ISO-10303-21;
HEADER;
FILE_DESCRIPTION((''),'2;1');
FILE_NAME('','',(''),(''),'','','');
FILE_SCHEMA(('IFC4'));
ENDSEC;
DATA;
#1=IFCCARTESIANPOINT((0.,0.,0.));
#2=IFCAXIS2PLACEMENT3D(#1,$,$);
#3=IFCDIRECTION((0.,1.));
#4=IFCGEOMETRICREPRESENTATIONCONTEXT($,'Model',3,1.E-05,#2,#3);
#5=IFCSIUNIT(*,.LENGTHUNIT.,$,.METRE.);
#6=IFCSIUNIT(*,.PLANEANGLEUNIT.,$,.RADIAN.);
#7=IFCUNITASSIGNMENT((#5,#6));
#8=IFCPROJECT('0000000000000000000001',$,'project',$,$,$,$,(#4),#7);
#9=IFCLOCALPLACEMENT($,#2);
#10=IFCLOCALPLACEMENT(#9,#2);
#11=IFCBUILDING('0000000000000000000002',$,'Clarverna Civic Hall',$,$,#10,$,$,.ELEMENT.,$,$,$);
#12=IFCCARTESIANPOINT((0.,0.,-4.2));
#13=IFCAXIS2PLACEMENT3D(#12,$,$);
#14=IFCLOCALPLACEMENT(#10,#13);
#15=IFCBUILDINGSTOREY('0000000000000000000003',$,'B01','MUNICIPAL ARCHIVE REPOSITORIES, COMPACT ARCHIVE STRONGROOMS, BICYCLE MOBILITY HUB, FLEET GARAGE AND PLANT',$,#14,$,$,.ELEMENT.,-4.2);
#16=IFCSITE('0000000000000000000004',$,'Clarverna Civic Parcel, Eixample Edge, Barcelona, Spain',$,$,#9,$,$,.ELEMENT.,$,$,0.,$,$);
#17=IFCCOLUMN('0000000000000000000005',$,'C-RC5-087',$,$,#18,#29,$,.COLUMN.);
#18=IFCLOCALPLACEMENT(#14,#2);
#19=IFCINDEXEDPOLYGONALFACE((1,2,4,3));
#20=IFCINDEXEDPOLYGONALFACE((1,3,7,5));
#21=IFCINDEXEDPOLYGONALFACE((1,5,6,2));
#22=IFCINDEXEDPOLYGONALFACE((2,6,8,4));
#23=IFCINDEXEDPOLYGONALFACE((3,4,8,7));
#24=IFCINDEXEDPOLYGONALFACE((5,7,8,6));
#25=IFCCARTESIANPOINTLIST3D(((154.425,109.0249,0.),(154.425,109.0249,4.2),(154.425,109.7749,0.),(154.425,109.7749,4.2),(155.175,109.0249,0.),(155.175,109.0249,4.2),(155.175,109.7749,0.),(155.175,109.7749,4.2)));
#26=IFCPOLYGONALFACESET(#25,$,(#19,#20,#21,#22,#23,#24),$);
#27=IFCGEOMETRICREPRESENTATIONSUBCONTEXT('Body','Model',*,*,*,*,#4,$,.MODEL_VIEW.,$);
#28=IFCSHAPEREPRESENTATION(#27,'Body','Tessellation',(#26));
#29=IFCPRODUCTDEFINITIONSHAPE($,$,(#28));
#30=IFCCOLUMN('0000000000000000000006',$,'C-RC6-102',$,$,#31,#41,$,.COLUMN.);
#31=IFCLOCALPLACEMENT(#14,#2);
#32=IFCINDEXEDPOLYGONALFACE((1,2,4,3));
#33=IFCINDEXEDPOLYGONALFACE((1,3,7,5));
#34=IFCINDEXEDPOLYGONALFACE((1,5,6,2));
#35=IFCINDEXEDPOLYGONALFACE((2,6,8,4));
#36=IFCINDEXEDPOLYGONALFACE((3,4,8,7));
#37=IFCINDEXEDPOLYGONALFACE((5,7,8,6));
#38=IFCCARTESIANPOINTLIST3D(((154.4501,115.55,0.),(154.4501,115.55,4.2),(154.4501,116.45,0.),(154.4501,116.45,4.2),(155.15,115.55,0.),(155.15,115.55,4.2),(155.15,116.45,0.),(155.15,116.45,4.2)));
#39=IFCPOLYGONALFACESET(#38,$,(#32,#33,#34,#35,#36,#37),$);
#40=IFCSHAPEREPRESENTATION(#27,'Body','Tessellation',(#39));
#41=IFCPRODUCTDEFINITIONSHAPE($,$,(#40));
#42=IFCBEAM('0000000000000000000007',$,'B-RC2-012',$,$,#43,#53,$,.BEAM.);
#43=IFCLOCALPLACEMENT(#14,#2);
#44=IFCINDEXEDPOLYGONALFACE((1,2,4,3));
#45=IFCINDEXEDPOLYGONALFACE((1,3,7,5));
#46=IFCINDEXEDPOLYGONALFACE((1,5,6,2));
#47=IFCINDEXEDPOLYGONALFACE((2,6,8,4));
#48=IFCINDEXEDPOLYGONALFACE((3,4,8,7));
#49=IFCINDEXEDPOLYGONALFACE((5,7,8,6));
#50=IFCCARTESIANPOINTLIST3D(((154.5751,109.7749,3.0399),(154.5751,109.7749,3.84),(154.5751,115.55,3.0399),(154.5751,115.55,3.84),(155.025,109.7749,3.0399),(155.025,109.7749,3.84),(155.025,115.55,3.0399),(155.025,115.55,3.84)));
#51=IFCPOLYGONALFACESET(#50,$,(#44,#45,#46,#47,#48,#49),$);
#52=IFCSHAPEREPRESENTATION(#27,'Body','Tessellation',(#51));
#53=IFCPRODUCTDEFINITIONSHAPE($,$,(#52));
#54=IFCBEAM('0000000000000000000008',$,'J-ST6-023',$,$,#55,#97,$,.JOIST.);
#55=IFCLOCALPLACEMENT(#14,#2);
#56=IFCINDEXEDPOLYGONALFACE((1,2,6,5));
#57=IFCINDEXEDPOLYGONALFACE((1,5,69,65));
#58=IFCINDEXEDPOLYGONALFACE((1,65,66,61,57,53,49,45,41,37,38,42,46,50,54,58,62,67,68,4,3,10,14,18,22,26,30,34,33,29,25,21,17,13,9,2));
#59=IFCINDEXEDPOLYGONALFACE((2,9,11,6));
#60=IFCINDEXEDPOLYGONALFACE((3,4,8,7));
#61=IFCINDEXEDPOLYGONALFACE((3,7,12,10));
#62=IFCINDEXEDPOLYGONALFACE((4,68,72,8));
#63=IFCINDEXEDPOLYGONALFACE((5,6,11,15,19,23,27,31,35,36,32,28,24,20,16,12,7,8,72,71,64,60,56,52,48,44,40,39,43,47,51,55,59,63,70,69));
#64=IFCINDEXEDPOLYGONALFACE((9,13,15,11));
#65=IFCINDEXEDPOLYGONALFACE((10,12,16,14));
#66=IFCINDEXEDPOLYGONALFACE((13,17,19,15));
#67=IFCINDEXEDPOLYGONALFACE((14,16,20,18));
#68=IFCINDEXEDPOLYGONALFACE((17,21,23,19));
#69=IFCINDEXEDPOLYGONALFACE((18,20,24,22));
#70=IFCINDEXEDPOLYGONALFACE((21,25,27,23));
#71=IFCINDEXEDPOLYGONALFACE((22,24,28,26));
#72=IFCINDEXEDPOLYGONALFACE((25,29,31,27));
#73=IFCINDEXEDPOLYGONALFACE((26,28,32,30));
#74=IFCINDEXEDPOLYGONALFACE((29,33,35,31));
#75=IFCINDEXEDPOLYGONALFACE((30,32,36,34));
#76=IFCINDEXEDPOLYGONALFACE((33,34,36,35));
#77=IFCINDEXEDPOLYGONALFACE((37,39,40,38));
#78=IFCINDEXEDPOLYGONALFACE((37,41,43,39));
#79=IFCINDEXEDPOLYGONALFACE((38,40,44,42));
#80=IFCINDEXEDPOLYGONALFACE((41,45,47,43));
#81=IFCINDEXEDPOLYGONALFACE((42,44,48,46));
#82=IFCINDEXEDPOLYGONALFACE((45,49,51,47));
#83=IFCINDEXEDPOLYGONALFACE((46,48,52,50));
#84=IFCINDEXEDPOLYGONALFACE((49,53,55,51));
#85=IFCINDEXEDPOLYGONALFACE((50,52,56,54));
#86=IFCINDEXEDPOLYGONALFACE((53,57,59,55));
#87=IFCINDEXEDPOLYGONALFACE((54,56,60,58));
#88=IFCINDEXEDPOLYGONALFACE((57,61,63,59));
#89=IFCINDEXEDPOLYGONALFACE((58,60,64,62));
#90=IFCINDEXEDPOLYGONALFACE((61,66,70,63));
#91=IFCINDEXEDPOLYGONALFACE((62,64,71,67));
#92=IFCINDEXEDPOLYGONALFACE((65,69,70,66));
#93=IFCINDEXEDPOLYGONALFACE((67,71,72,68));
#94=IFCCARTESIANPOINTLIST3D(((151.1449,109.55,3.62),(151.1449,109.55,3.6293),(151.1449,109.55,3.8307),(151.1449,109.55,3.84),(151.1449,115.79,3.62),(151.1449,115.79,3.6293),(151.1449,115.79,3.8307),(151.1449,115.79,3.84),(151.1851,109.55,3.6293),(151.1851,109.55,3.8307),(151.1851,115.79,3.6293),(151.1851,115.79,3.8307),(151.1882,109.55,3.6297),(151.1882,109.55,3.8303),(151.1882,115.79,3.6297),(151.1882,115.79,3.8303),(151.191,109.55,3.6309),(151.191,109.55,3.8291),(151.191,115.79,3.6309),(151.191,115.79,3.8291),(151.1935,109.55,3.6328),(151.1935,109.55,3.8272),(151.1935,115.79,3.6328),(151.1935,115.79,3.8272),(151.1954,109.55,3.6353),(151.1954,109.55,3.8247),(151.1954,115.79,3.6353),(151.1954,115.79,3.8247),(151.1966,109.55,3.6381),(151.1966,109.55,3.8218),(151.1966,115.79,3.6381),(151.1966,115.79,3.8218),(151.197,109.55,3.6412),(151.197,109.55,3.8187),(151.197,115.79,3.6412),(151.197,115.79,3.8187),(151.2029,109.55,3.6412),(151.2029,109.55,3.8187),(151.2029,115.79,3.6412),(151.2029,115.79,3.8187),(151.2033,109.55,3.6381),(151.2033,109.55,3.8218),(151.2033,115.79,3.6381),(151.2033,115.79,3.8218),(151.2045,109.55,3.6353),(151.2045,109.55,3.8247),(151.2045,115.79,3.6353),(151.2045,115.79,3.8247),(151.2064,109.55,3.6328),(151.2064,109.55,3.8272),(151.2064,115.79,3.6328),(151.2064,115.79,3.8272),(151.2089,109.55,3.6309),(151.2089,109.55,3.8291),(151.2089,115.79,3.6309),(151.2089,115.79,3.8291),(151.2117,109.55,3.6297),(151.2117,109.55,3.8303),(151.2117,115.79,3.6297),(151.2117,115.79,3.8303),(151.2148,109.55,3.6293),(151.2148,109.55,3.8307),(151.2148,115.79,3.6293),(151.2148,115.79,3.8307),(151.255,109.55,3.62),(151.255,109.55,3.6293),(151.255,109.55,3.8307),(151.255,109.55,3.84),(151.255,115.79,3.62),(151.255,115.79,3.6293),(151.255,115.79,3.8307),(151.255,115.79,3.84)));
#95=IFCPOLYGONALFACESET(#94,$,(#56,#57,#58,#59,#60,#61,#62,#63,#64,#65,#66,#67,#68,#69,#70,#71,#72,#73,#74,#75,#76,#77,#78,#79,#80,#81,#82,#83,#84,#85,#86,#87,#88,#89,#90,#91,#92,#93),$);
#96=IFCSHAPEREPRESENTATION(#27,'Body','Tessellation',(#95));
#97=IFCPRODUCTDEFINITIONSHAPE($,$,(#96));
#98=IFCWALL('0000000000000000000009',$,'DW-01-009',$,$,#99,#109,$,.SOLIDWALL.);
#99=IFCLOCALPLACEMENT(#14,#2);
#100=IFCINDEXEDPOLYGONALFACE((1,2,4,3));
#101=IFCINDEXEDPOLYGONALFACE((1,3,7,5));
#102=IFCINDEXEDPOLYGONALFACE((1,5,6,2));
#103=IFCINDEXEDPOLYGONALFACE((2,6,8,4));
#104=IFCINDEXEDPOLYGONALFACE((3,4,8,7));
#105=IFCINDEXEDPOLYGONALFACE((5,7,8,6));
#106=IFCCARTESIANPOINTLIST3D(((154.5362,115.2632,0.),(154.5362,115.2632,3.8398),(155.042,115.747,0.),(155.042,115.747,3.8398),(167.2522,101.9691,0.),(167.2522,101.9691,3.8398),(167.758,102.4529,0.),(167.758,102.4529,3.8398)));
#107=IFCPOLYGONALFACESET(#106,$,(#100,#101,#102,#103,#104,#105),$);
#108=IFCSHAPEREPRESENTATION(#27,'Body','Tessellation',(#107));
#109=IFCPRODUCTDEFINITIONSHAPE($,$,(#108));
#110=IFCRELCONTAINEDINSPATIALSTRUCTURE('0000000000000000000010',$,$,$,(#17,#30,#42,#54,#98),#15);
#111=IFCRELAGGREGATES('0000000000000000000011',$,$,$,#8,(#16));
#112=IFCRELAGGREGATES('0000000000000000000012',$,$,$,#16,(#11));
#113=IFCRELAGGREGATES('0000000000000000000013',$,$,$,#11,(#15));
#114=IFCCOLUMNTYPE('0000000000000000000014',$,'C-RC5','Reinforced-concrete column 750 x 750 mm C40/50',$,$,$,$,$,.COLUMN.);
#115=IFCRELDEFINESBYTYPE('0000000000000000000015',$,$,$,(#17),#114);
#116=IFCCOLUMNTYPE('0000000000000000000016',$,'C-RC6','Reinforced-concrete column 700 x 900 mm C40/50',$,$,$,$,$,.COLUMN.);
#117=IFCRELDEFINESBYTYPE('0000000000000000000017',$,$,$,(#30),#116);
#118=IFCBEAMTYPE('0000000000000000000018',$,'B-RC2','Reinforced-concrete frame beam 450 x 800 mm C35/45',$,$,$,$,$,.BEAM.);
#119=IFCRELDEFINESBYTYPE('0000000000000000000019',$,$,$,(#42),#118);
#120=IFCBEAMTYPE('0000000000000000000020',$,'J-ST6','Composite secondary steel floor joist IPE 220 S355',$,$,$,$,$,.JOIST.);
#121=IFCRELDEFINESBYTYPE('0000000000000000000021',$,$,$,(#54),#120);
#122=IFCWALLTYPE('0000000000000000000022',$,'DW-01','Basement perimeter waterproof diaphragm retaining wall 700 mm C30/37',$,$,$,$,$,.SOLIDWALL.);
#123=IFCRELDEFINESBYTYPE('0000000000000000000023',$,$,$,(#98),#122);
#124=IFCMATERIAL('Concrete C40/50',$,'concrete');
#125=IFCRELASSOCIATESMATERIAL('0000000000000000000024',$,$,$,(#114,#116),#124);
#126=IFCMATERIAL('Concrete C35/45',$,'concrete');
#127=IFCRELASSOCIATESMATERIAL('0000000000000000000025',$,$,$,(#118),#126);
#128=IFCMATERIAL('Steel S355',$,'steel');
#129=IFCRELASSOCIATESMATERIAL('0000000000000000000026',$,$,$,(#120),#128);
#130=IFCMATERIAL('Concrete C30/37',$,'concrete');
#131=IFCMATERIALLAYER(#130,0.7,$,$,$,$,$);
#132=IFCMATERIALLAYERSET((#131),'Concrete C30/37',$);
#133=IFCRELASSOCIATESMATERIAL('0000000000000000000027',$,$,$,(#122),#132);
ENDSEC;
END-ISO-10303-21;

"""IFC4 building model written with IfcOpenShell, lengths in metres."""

from ifc_helpers import new_model, si_unit, direction, frame, frame_2d, origin, origin_2d, place, context, subcontext, project, spatial, rectangle, i_section, extrude, material, layer, layer_set, material_profile, profile_set, type_object, element, save


model = new_model("IFC4")

# Units and contexts
model_context = context("Model", 3, precision=1e-05, world=origin(), true_north=direction((0.0, 1.0)))
body_context = subcontext(model_context, "Body", "Model", "MODEL_VIEW")
ifc_project = project(units=[si_unit("LENGTHUNIT", "METRE"), si_unit("PLANEANGLEUNIT", "RADIAN")], contexts=[model_context])

# Site, building, storey
site_placement = place(None, origin())
site = spatial("IfcSite", under=ifc_project, at=site_placement, Name="Clarverna Civic Parcel, Eixample Edge, Barcelona, Spain", CompositionType="ELEMENT", RefElevation=0.0)
building_placement = place(site_placement, origin())
building = spatial("IfcBuilding", under=site, at=building_placement, Name="Clarverna Civic Hall", CompositionType="ELEMENT")
storey_placement = place(building_placement, frame((0.0, 0.0, -4.2)))
storey = spatial("IfcBuildingStorey", under=building, at=storey_placement, Name="B01", Description="MUNICIPAL ARCHIVE REPOSITORIES, COMPACT ARCHIVE STRONGROOMS, BICYCLE MOBILITY HUB, FLEET GARAGE AND PLANT", CompositionType="ELEMENT", Elevation=-4.2)

# Shared definitions
ifc_material_1 = material(Name="Concrete C30/37", Category="concrete")

# Columns
ifc_material_2 = material(Name="Concrete C40/50", Category="concrete")
ifc_material_profile_1 = material_profile(ifc_material_2, rectangle(XDim=0.75, YDim=0.75, at=origin_2d()), Name="RC 750x750")
ifc_profile_set_1 = profile_set([ifc_material_profile_1], Name="Concrete C40/50")
column_type_1 = type_object("IfcColumnType", Name="C-RC5", Description="Reinforced-concrete column 750 x 750 mm C40/50", PredefinedType="COLUMN", material=ifc_profile_set_1)
column_1_placement = place(storey_placement, frame((154.8, 109.3999, 0.0), z_axis=(0.0, 0.0, 1.0), x_axis=(1.0, 0.0, 0.0)))
element("IfcColumn", 1, at=column_1_placement, inside=storey, type_object=column_type_1, Name="C-RC5-087", PredefinedType="COLUMN", context=body_context, shape_type="SweptSolid", body=[
    extrude(rectangle(XDim=0.75, YDim=0.75, at=origin_2d()), origin(), (0.0, 0.0, 1.0), 4.2),
])
ifc_material_profile_2 = material_profile(ifc_material_2, rectangle(XDim=0.7, YDim=0.8999, at=origin_2d()), Name="RC 700x900")
ifc_profile_set_2 = profile_set([ifc_material_profile_2], Name="Concrete C40/50")
column_type_2 = type_object("IfcColumnType", Name="C-RC6", Description="Reinforced-concrete column 700 x 900 mm C40/50", PredefinedType="COLUMN", material=ifc_profile_set_2)
column_2_placement = place(storey_placement, frame((154.8, 116.0, 0.0), z_axis=(0.0, 0.0, 1.0), x_axis=(1.0, 0.0, 0.0)))
element("IfcColumn", 2, at=column_2_placement, inside=storey, type_object=column_type_2, Name="C-RC6-102", PredefinedType="COLUMN", context=body_context, shape_type="SweptSolid", body=[
    extrude(rectangle(XDim=0.7, YDim=0.8999, at=origin_2d()), origin(), (0.0, 0.0, 1.0), 4.2),
])

# Beams
ifc_material_3 = material(Name="Concrete C35/45", Category="concrete")
ifc_material_profile_3 = material_profile(ifc_material_3, rectangle(XDim=0.45, YDim=0.8, at=origin_2d()), Name="RC 450x800")
ifc_profile_set_3 = profile_set([ifc_material_profile_3], Name="Concrete C35/45")
beam_type_1 = type_object("IfcBeamType", Name="B-RC2", Description="Reinforced-concrete frame beam 450 x 800 mm C35/45", PredefinedType="BEAM", material=ifc_profile_set_3)
beam_1_placement = place(storey_placement, frame((154.8, 109.7749, 3.4399), z_axis=(0.0, 1.0, 0.0), x_axis=(-1.0, 0.0, 0.0)))
element("IfcBeam", 3, at=beam_1_placement, inside=storey, type_object=beam_type_1, Name="B-RC2-012", PredefinedType="BEAM", context=body_context, shape_type="SweptSolid", body=[
    extrude(rectangle(XDim=0.45, YDim=0.8, at=origin_2d()), origin(), (0.0, 0.0, 1.0), 5.7751),
])
ifc_material_4 = material(Name="Steel S355", Category="steel")
ifc_material_profile_4 = material_profile(ifc_material_4, i_section(OverallWidth=0.1101, OverallDepth=0.22, WebThickness=0.0059, FlangeThickness=0.0093, FilletRadius=0.012, at=origin_2d()), Name="IPE 220")
ifc_profile_set_4 = profile_set([ifc_material_profile_4], Name="Steel S355")
beam_type_2 = type_object("IfcBeamType", Name="J-ST6", Description="Composite secondary steel floor joist IPE 220 S355", PredefinedType="JOIST", material=ifc_profile_set_4)
beam_2_placement = place(storey_placement, frame((151.2, 109.55, 3.73), z_axis=(0.0, 1.0, 0.0), x_axis=(-1.0, 0.0, 0.0)))
element("IfcBeam", 4, at=beam_2_placement, inside=storey, type_object=beam_type_2, Name="J-ST6-023", PredefinedType="JOIST", context=body_context, shape_type="SweptSolid", body=[
    extrude(i_section(OverallWidth=0.1101, OverallDepth=0.22, WebThickness=0.0059, FlangeThickness=0.0093, FilletRadius=0.012, at=origin_2d()), origin(), (0.0, 0.0, 1.0), 6.24),
])

# Wall
ifc_layer = layer(ifc_material_1, 0.7)
ifc_layer_set = layer_set([ifc_layer], Name="Concrete C30/37")
wall_type = type_object("IfcWallType", Name="DW-01", Description="Basement perimeter waterproof diaphragm retaining wall 700 mm C30/37", PredefinedType="SOLIDWALL", material=ifc_layer_set)
wall_placement = place(storey_placement, frame((154.7891, 115.5051, 0.0), z_axis=(0.0, 0.0, 1.0), x_axis=(0.691219, -0.722645, 0.0)))
element("IfcWall", 5, at=wall_placement, inside=storey, type_object=wall_type, Name="DW-01-009", PredefinedType="SOLIDWALL", context=body_context, shape_type="SweptSolid", body=[
    extrude(rectangle(XDim=18.3965, YDim=0.7, at=frame_2d((9.1982, 0.0))), origin(), (0.0, 0.0, 1.0), 3.8398),
])

save(model, "model.ifc")
